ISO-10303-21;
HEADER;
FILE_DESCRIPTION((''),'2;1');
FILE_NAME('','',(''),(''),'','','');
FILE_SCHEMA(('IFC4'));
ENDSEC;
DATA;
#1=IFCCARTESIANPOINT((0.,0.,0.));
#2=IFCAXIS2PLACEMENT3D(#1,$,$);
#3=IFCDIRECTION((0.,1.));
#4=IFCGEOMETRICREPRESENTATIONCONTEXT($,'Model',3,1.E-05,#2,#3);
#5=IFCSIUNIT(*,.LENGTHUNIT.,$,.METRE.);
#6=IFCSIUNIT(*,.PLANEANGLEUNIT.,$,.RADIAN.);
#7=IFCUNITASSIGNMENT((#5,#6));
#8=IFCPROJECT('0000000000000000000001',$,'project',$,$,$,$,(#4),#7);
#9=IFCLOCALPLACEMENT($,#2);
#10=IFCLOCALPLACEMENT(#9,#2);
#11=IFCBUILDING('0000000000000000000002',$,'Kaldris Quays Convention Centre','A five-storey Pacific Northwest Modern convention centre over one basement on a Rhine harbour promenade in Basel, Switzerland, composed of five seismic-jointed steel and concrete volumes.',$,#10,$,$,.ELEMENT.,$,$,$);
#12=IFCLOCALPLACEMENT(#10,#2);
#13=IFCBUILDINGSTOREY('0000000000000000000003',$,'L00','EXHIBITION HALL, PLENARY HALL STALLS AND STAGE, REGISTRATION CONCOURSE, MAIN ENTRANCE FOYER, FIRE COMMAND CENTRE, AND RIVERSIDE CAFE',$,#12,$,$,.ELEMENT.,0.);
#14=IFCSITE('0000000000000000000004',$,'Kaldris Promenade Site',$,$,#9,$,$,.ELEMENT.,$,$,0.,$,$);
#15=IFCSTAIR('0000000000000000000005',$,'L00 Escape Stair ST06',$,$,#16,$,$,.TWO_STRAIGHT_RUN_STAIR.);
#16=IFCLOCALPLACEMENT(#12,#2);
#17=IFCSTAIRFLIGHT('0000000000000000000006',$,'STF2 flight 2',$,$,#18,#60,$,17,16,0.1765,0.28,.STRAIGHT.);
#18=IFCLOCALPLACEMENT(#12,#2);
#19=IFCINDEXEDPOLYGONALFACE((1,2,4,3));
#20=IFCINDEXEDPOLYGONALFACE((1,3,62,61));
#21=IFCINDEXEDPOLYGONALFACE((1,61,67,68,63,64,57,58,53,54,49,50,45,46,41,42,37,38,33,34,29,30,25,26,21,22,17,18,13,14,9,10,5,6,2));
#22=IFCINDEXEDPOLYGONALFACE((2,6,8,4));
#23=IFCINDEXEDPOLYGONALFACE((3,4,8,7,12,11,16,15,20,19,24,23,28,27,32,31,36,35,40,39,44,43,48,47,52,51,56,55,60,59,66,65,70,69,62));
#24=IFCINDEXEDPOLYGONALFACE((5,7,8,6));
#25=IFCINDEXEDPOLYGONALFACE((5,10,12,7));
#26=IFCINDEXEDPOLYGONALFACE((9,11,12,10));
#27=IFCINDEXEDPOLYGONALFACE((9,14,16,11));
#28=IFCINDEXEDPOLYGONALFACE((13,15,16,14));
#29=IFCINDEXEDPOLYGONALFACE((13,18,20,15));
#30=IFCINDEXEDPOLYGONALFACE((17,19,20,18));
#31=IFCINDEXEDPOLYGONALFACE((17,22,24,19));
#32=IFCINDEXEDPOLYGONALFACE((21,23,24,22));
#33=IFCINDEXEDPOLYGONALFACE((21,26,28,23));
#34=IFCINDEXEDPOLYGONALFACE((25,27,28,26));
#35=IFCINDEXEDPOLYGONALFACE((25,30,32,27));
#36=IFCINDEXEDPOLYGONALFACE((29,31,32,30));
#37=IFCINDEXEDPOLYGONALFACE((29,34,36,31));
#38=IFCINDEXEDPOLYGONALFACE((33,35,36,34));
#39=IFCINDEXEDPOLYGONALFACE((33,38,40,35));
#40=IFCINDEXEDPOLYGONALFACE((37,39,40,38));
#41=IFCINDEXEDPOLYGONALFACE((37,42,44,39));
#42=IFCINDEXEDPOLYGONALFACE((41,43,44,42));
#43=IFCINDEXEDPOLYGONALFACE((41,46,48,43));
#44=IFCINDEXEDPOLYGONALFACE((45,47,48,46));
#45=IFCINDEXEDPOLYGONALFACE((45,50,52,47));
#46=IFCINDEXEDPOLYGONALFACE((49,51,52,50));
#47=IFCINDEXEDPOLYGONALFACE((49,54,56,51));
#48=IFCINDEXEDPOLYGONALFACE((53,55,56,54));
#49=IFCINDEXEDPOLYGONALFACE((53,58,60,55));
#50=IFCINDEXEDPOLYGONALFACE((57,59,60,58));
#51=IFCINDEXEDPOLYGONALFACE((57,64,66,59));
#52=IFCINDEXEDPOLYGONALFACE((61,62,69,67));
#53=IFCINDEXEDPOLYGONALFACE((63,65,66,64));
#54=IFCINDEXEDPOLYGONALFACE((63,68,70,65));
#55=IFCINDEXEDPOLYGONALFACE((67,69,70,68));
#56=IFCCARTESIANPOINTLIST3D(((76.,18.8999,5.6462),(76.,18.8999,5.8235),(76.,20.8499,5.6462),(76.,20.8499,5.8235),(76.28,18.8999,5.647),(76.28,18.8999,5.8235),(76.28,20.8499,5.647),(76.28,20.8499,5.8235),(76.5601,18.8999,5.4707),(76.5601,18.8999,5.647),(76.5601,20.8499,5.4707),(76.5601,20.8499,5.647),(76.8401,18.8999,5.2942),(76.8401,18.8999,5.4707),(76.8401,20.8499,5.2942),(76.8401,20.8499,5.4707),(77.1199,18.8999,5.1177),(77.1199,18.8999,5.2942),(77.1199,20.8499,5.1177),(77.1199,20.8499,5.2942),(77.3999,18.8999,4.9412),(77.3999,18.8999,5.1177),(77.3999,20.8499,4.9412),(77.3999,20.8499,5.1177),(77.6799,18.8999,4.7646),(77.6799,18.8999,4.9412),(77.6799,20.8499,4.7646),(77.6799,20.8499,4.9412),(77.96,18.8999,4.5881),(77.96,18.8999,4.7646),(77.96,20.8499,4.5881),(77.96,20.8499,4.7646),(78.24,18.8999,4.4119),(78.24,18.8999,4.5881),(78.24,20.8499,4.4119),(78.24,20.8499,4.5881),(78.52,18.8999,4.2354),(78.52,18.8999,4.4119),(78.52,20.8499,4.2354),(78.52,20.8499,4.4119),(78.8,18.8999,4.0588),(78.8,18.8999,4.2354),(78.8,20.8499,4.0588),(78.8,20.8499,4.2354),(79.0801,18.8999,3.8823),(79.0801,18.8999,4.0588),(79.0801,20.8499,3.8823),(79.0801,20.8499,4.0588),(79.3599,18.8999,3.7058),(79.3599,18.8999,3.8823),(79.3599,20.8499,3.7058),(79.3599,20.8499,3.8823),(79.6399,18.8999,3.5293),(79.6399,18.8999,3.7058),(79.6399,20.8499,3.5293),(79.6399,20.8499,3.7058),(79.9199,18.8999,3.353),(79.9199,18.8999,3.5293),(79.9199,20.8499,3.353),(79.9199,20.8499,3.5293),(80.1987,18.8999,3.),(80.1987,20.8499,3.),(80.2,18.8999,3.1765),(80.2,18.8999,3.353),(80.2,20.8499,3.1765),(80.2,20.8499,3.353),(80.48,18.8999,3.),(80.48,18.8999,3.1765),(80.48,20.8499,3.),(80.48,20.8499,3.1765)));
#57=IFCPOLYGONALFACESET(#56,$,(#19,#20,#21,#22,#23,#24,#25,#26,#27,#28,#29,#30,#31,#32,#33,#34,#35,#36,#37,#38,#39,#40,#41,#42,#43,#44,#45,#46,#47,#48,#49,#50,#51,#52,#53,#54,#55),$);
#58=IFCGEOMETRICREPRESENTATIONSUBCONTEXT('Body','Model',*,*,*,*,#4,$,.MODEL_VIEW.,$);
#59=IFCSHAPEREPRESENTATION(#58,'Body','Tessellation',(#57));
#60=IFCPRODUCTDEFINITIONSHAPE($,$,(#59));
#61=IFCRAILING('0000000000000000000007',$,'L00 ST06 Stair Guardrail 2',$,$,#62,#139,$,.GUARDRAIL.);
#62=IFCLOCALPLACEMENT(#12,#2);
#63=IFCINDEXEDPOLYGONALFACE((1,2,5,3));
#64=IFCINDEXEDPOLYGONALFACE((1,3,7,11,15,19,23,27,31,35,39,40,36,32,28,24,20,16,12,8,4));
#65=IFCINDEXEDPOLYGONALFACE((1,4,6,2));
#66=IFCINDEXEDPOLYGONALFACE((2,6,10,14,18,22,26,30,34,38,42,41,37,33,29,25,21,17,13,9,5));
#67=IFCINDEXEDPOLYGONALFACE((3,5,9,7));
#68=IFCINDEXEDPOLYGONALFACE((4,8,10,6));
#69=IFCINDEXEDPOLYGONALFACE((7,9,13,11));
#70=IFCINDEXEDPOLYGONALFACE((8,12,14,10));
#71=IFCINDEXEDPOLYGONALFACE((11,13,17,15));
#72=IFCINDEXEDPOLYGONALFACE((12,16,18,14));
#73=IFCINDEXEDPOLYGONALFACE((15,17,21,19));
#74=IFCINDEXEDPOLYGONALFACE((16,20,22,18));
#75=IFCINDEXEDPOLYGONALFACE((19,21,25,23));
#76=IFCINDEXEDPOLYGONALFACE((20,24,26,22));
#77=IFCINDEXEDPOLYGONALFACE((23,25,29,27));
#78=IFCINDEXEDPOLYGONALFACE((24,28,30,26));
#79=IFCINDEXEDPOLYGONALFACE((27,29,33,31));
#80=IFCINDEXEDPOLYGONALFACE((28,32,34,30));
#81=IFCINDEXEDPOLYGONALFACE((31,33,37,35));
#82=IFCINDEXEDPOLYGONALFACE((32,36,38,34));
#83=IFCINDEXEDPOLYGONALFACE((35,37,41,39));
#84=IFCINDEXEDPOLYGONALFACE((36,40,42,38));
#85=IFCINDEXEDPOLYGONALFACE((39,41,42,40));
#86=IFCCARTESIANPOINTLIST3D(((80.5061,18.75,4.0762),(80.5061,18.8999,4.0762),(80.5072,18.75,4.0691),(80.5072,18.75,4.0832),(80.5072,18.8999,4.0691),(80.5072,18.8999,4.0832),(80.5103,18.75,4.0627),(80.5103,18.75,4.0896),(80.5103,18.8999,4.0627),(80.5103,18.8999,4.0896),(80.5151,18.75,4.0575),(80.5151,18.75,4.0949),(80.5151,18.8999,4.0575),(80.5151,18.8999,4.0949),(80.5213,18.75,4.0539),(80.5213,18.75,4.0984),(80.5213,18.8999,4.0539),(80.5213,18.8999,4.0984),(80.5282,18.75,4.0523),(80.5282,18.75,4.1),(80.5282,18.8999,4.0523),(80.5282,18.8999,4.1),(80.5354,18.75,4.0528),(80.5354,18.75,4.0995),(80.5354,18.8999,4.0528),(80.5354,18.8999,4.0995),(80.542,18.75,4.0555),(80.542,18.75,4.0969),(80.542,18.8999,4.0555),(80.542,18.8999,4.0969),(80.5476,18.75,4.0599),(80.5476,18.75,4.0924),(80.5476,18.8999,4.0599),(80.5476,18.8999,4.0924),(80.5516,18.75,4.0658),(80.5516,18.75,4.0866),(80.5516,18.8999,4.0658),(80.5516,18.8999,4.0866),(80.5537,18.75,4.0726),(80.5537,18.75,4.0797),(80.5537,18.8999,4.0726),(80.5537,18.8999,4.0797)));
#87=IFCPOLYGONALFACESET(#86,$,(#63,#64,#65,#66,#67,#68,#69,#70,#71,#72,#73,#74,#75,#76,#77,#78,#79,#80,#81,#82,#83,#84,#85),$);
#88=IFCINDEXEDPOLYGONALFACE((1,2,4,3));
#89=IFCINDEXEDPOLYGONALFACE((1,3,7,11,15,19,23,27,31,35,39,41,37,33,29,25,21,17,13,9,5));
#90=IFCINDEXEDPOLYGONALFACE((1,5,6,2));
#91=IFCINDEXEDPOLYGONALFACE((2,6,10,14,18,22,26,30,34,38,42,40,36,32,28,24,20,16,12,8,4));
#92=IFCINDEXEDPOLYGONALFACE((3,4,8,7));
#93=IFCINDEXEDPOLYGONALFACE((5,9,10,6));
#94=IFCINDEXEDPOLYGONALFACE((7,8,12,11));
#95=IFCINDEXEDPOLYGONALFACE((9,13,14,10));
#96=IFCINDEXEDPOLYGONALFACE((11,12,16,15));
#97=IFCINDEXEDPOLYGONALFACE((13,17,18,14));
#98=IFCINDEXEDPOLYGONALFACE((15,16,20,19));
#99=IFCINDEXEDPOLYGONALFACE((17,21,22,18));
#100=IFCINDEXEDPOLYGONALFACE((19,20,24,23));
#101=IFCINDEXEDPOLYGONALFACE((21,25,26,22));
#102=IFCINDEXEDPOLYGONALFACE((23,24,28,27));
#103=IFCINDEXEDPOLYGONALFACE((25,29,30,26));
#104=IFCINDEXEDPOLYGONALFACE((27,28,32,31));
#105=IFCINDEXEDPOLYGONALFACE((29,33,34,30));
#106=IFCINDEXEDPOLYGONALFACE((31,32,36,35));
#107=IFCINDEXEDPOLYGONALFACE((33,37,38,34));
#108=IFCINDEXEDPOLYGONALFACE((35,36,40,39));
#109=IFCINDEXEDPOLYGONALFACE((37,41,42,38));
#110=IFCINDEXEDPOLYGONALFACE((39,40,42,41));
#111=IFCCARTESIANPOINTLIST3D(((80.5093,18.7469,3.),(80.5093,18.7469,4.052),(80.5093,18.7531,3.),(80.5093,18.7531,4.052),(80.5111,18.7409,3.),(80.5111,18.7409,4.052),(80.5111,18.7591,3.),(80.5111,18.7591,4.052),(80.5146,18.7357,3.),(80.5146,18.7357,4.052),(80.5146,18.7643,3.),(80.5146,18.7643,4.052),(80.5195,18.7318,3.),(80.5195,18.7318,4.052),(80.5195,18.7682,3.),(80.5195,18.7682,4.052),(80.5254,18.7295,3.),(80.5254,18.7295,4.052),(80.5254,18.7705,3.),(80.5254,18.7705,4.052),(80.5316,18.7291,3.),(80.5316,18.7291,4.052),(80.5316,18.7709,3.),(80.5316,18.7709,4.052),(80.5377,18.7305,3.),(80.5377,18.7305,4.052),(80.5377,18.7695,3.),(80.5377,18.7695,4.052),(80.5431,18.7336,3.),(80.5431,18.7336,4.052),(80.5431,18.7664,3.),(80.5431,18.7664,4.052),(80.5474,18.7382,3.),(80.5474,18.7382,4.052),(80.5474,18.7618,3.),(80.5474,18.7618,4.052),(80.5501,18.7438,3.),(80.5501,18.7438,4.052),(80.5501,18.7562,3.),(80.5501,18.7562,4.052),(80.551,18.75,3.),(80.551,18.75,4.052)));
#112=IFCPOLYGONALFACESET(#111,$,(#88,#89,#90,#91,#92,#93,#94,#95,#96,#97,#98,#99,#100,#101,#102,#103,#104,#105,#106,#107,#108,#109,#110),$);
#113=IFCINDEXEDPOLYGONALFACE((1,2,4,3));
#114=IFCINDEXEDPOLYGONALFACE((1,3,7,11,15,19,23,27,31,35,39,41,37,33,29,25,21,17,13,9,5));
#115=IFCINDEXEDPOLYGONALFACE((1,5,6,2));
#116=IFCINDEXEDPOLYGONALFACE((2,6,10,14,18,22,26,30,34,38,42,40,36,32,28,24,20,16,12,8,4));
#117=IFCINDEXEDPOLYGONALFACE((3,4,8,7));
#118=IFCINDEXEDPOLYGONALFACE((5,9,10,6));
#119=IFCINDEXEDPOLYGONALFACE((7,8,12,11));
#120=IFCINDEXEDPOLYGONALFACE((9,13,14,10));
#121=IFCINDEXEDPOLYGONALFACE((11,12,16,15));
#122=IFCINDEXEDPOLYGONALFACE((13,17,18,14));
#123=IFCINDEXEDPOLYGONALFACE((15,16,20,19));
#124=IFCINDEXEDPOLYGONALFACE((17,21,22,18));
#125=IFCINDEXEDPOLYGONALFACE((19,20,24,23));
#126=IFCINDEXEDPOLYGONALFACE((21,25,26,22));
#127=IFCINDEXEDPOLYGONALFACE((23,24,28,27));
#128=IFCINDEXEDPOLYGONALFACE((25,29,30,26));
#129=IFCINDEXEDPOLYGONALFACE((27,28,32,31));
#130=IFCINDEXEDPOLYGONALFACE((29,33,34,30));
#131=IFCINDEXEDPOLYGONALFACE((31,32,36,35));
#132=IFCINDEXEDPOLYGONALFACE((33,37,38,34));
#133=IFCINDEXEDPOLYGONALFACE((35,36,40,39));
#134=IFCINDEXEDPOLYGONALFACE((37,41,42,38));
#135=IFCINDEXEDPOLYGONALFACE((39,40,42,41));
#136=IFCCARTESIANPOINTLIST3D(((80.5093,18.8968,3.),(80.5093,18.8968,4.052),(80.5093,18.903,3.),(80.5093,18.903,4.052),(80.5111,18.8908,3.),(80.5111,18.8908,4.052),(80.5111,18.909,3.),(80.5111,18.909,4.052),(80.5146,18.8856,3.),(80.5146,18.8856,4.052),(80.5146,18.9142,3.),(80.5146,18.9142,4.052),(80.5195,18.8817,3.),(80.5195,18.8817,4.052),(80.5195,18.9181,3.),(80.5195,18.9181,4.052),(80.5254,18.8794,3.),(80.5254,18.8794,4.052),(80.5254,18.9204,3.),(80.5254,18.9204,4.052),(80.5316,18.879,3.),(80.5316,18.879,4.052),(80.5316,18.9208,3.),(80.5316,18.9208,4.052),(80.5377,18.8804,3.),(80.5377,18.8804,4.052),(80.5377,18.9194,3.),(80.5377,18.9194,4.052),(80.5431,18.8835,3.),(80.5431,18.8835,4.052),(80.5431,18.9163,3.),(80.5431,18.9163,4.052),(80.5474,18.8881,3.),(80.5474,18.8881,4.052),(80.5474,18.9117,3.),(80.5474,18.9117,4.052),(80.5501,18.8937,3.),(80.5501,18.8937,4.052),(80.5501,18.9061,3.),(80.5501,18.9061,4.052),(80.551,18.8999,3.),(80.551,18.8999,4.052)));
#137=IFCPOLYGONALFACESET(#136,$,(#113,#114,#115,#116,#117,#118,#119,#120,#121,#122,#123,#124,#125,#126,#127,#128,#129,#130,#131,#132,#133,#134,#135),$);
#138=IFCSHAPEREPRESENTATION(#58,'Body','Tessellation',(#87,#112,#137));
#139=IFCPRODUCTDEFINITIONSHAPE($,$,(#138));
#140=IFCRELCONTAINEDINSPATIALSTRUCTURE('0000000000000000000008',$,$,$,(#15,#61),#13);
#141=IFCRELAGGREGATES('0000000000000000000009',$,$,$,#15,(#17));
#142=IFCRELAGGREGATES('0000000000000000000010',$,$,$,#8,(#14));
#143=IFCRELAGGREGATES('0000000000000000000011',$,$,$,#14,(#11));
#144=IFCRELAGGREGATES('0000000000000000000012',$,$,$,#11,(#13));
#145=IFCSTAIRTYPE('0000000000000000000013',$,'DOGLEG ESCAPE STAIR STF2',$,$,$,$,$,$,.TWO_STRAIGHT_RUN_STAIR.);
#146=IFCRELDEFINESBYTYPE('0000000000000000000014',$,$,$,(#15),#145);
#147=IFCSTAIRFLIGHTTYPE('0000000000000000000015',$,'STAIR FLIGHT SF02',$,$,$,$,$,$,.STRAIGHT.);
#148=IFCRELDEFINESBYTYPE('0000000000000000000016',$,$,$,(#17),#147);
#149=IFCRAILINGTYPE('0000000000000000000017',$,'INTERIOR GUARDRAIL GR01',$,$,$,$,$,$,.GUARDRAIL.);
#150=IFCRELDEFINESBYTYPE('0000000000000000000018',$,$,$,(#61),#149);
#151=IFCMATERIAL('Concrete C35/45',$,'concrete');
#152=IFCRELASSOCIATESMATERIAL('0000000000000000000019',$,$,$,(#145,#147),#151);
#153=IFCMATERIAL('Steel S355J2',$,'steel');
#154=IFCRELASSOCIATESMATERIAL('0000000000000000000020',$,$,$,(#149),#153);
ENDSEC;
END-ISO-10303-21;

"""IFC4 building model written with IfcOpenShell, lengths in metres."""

from ifc_helpers import new_model, si_unit, direction, frame, origin, origin_2d, place, context, subcontext, project, spatial, polyline, circle, outline, extrude, material, type_object, element, aggregate, save


model = new_model("IFC4")

# Units and contexts
model_context = context("Model", 3, precision=1e-05, world=origin(), true_north=direction((0.0, 1.0)))
body_context = subcontext(model_context, "Body", "Model", "MODEL_VIEW")
ifc_project = project(units=[si_unit("LENGTHUNIT", "METRE"), si_unit("PLANEANGLEUNIT", "RADIAN")], contexts=[model_context])

# Site, building, storey
site_placement = place(None, origin())
site = spatial("IfcSite", under=ifc_project, at=site_placement, Name="Kaldris Promenade Site", CompositionType="ELEMENT", RefElevation=0.0)
building_placement = place(site_placement, origin())
building = spatial("IfcBuilding", under=site, at=building_placement, Name="Kaldris Quays Convention Centre", Description="A five-storey Pacific Northwest Modern convention centre over one basement on a Rhine harbour promenade in Basel, Switzerland, composed of five seismic-jointed steel and concrete volumes.", CompositionType="ELEMENT")
storey_placement = place(building_placement, origin())
storey = spatial("IfcBuildingStorey", under=building, at=storey_placement, Name="L00", Description="EXHIBITION HALL, PLENARY HALL STALLS AND STAGE, REGISTRATION CONCOURSE, MAIN ENTRANCE FOYER, FIRE COMMAND CENTRE, AND RIVERSIDE CAFE", CompositionType="ELEMENT", Elevation=0.0)

# Shared definitions
ifc_material_1 = material(Name="Steel S355J2", Category="steel")

# Stair, stair flight
ifc_material_2 = material(Name="Concrete C35/45", Category="concrete")
stair_type = type_object("IfcStairType", Name="DOGLEG ESCAPE STAIR STF2", PredefinedType="TWO_STRAIGHT_RUN_STAIR", material=ifc_material_2)
stair_placement = place(storey_placement, origin())
stair = element("IfcStair", 1, at=stair_placement, inside=storey, type_object=stair_type, Name="L00 Escape Stair ST06", PredefinedType="TWO_STRAIGHT_RUN_STAIR")
stair_flight_type = type_object("IfcStairFlightType", Name="STAIR FLIGHT SF02", PredefinedType="STRAIGHT", material=ifc_material_2)
stair_flight_placement = place(storey_placement, frame((80.48, 19.875, 3.0), z_axis=(0.0, 0.0, 1.0), x_axis=(-1.0, 0.0, 0.0)))
stair_flight = element("IfcStairFlight", 2, at=stair_flight_placement, type_object=stair_flight_type, Name="STF2 flight 2", NumberOfRisers=17, NumberOfTreads=16, PredefinedType="STRAIGHT", RiserHeight=0.1765, TreadLength=0.28, context=body_context, shape_type="SweptSolid", body=[
    extrude(outline(polyline([(0.0, 0.0), (0.0, 0.1765), (0.28, 0.1765), (0.28, 0.353), (0.5601, 0.353), (0.5601, 0.5293), (0.8401, 0.5293), (0.8401, 0.7058), (1.1201, 0.7058), (1.1201, 0.8823), (1.3999, 0.8823), (1.3999, 1.0588), (1.6799, 1.0588), (1.6799, 1.2354), (1.96, 1.2354), (1.96, 1.4119), (2.24, 1.4119), (2.24, 1.5881), (2.52, 1.5881), (2.52, 1.7646), (2.8, 1.7646), (2.8, 1.9412), (3.0801, 1.9412), (3.0801, 2.1177), (3.3601, 2.1177), (3.3601, 2.2942), (3.6399, 2.2942), (3.6399, 2.4707), (3.9199, 2.4707), (3.9199, 2.647), (4.2, 2.647), (4.2, 2.8235), (4.48, 2.8235), (4.48, 3.0), (4.48, 2.6462), (0.2812, 0.0), (0.0, 0.0)])), frame((0.0, 0.9751, 0.0), z_axis=(0.0, -1.0, 0.0), x_axis=(1.0, 0.0, 0.0)), (0.0, 0.0, 1.0), 1.95),
])
aggregate(stair, [stair_flight])

# Railing
railing_type_1 = type_object("IfcRailingType", Name="INTERIOR GUARDRAIL GR01", PredefinedType="GUARDRAIL", material=ifc_material_1)
railing_1_placement = place(storey_placement, frame((80.53, 18.75, 3.0)))
element("IfcRailing", 3, at=railing_1_placement, inside=storey, type_object=railing_type_1, Name="L00 ST06 Stair Guardrail 2", PredefinedType="GUARDRAIL", context=body_context, shape_type="SweptSolid", body=[
    extrude(circle(Radius=0.0239, at=origin_2d()), frame((0.0, 0.0, 1.0762), z_axis=(0.0, 1.0, 0.0), x_axis=(-1.0, 0.0, 0.0)), (0.0, 0.0, 1.0), 0.1499),
    extrude(circle(Radius=0.021, at=origin_2d()), origin(), (0.0, 0.0, 1.0), 1.052),
    extrude(circle(Radius=0.021, at=origin_2d()), frame((0.0, 0.1499, 0.0)), (0.0, 0.0, 1.0), 1.052),
])

save(model, "model.ifc")
